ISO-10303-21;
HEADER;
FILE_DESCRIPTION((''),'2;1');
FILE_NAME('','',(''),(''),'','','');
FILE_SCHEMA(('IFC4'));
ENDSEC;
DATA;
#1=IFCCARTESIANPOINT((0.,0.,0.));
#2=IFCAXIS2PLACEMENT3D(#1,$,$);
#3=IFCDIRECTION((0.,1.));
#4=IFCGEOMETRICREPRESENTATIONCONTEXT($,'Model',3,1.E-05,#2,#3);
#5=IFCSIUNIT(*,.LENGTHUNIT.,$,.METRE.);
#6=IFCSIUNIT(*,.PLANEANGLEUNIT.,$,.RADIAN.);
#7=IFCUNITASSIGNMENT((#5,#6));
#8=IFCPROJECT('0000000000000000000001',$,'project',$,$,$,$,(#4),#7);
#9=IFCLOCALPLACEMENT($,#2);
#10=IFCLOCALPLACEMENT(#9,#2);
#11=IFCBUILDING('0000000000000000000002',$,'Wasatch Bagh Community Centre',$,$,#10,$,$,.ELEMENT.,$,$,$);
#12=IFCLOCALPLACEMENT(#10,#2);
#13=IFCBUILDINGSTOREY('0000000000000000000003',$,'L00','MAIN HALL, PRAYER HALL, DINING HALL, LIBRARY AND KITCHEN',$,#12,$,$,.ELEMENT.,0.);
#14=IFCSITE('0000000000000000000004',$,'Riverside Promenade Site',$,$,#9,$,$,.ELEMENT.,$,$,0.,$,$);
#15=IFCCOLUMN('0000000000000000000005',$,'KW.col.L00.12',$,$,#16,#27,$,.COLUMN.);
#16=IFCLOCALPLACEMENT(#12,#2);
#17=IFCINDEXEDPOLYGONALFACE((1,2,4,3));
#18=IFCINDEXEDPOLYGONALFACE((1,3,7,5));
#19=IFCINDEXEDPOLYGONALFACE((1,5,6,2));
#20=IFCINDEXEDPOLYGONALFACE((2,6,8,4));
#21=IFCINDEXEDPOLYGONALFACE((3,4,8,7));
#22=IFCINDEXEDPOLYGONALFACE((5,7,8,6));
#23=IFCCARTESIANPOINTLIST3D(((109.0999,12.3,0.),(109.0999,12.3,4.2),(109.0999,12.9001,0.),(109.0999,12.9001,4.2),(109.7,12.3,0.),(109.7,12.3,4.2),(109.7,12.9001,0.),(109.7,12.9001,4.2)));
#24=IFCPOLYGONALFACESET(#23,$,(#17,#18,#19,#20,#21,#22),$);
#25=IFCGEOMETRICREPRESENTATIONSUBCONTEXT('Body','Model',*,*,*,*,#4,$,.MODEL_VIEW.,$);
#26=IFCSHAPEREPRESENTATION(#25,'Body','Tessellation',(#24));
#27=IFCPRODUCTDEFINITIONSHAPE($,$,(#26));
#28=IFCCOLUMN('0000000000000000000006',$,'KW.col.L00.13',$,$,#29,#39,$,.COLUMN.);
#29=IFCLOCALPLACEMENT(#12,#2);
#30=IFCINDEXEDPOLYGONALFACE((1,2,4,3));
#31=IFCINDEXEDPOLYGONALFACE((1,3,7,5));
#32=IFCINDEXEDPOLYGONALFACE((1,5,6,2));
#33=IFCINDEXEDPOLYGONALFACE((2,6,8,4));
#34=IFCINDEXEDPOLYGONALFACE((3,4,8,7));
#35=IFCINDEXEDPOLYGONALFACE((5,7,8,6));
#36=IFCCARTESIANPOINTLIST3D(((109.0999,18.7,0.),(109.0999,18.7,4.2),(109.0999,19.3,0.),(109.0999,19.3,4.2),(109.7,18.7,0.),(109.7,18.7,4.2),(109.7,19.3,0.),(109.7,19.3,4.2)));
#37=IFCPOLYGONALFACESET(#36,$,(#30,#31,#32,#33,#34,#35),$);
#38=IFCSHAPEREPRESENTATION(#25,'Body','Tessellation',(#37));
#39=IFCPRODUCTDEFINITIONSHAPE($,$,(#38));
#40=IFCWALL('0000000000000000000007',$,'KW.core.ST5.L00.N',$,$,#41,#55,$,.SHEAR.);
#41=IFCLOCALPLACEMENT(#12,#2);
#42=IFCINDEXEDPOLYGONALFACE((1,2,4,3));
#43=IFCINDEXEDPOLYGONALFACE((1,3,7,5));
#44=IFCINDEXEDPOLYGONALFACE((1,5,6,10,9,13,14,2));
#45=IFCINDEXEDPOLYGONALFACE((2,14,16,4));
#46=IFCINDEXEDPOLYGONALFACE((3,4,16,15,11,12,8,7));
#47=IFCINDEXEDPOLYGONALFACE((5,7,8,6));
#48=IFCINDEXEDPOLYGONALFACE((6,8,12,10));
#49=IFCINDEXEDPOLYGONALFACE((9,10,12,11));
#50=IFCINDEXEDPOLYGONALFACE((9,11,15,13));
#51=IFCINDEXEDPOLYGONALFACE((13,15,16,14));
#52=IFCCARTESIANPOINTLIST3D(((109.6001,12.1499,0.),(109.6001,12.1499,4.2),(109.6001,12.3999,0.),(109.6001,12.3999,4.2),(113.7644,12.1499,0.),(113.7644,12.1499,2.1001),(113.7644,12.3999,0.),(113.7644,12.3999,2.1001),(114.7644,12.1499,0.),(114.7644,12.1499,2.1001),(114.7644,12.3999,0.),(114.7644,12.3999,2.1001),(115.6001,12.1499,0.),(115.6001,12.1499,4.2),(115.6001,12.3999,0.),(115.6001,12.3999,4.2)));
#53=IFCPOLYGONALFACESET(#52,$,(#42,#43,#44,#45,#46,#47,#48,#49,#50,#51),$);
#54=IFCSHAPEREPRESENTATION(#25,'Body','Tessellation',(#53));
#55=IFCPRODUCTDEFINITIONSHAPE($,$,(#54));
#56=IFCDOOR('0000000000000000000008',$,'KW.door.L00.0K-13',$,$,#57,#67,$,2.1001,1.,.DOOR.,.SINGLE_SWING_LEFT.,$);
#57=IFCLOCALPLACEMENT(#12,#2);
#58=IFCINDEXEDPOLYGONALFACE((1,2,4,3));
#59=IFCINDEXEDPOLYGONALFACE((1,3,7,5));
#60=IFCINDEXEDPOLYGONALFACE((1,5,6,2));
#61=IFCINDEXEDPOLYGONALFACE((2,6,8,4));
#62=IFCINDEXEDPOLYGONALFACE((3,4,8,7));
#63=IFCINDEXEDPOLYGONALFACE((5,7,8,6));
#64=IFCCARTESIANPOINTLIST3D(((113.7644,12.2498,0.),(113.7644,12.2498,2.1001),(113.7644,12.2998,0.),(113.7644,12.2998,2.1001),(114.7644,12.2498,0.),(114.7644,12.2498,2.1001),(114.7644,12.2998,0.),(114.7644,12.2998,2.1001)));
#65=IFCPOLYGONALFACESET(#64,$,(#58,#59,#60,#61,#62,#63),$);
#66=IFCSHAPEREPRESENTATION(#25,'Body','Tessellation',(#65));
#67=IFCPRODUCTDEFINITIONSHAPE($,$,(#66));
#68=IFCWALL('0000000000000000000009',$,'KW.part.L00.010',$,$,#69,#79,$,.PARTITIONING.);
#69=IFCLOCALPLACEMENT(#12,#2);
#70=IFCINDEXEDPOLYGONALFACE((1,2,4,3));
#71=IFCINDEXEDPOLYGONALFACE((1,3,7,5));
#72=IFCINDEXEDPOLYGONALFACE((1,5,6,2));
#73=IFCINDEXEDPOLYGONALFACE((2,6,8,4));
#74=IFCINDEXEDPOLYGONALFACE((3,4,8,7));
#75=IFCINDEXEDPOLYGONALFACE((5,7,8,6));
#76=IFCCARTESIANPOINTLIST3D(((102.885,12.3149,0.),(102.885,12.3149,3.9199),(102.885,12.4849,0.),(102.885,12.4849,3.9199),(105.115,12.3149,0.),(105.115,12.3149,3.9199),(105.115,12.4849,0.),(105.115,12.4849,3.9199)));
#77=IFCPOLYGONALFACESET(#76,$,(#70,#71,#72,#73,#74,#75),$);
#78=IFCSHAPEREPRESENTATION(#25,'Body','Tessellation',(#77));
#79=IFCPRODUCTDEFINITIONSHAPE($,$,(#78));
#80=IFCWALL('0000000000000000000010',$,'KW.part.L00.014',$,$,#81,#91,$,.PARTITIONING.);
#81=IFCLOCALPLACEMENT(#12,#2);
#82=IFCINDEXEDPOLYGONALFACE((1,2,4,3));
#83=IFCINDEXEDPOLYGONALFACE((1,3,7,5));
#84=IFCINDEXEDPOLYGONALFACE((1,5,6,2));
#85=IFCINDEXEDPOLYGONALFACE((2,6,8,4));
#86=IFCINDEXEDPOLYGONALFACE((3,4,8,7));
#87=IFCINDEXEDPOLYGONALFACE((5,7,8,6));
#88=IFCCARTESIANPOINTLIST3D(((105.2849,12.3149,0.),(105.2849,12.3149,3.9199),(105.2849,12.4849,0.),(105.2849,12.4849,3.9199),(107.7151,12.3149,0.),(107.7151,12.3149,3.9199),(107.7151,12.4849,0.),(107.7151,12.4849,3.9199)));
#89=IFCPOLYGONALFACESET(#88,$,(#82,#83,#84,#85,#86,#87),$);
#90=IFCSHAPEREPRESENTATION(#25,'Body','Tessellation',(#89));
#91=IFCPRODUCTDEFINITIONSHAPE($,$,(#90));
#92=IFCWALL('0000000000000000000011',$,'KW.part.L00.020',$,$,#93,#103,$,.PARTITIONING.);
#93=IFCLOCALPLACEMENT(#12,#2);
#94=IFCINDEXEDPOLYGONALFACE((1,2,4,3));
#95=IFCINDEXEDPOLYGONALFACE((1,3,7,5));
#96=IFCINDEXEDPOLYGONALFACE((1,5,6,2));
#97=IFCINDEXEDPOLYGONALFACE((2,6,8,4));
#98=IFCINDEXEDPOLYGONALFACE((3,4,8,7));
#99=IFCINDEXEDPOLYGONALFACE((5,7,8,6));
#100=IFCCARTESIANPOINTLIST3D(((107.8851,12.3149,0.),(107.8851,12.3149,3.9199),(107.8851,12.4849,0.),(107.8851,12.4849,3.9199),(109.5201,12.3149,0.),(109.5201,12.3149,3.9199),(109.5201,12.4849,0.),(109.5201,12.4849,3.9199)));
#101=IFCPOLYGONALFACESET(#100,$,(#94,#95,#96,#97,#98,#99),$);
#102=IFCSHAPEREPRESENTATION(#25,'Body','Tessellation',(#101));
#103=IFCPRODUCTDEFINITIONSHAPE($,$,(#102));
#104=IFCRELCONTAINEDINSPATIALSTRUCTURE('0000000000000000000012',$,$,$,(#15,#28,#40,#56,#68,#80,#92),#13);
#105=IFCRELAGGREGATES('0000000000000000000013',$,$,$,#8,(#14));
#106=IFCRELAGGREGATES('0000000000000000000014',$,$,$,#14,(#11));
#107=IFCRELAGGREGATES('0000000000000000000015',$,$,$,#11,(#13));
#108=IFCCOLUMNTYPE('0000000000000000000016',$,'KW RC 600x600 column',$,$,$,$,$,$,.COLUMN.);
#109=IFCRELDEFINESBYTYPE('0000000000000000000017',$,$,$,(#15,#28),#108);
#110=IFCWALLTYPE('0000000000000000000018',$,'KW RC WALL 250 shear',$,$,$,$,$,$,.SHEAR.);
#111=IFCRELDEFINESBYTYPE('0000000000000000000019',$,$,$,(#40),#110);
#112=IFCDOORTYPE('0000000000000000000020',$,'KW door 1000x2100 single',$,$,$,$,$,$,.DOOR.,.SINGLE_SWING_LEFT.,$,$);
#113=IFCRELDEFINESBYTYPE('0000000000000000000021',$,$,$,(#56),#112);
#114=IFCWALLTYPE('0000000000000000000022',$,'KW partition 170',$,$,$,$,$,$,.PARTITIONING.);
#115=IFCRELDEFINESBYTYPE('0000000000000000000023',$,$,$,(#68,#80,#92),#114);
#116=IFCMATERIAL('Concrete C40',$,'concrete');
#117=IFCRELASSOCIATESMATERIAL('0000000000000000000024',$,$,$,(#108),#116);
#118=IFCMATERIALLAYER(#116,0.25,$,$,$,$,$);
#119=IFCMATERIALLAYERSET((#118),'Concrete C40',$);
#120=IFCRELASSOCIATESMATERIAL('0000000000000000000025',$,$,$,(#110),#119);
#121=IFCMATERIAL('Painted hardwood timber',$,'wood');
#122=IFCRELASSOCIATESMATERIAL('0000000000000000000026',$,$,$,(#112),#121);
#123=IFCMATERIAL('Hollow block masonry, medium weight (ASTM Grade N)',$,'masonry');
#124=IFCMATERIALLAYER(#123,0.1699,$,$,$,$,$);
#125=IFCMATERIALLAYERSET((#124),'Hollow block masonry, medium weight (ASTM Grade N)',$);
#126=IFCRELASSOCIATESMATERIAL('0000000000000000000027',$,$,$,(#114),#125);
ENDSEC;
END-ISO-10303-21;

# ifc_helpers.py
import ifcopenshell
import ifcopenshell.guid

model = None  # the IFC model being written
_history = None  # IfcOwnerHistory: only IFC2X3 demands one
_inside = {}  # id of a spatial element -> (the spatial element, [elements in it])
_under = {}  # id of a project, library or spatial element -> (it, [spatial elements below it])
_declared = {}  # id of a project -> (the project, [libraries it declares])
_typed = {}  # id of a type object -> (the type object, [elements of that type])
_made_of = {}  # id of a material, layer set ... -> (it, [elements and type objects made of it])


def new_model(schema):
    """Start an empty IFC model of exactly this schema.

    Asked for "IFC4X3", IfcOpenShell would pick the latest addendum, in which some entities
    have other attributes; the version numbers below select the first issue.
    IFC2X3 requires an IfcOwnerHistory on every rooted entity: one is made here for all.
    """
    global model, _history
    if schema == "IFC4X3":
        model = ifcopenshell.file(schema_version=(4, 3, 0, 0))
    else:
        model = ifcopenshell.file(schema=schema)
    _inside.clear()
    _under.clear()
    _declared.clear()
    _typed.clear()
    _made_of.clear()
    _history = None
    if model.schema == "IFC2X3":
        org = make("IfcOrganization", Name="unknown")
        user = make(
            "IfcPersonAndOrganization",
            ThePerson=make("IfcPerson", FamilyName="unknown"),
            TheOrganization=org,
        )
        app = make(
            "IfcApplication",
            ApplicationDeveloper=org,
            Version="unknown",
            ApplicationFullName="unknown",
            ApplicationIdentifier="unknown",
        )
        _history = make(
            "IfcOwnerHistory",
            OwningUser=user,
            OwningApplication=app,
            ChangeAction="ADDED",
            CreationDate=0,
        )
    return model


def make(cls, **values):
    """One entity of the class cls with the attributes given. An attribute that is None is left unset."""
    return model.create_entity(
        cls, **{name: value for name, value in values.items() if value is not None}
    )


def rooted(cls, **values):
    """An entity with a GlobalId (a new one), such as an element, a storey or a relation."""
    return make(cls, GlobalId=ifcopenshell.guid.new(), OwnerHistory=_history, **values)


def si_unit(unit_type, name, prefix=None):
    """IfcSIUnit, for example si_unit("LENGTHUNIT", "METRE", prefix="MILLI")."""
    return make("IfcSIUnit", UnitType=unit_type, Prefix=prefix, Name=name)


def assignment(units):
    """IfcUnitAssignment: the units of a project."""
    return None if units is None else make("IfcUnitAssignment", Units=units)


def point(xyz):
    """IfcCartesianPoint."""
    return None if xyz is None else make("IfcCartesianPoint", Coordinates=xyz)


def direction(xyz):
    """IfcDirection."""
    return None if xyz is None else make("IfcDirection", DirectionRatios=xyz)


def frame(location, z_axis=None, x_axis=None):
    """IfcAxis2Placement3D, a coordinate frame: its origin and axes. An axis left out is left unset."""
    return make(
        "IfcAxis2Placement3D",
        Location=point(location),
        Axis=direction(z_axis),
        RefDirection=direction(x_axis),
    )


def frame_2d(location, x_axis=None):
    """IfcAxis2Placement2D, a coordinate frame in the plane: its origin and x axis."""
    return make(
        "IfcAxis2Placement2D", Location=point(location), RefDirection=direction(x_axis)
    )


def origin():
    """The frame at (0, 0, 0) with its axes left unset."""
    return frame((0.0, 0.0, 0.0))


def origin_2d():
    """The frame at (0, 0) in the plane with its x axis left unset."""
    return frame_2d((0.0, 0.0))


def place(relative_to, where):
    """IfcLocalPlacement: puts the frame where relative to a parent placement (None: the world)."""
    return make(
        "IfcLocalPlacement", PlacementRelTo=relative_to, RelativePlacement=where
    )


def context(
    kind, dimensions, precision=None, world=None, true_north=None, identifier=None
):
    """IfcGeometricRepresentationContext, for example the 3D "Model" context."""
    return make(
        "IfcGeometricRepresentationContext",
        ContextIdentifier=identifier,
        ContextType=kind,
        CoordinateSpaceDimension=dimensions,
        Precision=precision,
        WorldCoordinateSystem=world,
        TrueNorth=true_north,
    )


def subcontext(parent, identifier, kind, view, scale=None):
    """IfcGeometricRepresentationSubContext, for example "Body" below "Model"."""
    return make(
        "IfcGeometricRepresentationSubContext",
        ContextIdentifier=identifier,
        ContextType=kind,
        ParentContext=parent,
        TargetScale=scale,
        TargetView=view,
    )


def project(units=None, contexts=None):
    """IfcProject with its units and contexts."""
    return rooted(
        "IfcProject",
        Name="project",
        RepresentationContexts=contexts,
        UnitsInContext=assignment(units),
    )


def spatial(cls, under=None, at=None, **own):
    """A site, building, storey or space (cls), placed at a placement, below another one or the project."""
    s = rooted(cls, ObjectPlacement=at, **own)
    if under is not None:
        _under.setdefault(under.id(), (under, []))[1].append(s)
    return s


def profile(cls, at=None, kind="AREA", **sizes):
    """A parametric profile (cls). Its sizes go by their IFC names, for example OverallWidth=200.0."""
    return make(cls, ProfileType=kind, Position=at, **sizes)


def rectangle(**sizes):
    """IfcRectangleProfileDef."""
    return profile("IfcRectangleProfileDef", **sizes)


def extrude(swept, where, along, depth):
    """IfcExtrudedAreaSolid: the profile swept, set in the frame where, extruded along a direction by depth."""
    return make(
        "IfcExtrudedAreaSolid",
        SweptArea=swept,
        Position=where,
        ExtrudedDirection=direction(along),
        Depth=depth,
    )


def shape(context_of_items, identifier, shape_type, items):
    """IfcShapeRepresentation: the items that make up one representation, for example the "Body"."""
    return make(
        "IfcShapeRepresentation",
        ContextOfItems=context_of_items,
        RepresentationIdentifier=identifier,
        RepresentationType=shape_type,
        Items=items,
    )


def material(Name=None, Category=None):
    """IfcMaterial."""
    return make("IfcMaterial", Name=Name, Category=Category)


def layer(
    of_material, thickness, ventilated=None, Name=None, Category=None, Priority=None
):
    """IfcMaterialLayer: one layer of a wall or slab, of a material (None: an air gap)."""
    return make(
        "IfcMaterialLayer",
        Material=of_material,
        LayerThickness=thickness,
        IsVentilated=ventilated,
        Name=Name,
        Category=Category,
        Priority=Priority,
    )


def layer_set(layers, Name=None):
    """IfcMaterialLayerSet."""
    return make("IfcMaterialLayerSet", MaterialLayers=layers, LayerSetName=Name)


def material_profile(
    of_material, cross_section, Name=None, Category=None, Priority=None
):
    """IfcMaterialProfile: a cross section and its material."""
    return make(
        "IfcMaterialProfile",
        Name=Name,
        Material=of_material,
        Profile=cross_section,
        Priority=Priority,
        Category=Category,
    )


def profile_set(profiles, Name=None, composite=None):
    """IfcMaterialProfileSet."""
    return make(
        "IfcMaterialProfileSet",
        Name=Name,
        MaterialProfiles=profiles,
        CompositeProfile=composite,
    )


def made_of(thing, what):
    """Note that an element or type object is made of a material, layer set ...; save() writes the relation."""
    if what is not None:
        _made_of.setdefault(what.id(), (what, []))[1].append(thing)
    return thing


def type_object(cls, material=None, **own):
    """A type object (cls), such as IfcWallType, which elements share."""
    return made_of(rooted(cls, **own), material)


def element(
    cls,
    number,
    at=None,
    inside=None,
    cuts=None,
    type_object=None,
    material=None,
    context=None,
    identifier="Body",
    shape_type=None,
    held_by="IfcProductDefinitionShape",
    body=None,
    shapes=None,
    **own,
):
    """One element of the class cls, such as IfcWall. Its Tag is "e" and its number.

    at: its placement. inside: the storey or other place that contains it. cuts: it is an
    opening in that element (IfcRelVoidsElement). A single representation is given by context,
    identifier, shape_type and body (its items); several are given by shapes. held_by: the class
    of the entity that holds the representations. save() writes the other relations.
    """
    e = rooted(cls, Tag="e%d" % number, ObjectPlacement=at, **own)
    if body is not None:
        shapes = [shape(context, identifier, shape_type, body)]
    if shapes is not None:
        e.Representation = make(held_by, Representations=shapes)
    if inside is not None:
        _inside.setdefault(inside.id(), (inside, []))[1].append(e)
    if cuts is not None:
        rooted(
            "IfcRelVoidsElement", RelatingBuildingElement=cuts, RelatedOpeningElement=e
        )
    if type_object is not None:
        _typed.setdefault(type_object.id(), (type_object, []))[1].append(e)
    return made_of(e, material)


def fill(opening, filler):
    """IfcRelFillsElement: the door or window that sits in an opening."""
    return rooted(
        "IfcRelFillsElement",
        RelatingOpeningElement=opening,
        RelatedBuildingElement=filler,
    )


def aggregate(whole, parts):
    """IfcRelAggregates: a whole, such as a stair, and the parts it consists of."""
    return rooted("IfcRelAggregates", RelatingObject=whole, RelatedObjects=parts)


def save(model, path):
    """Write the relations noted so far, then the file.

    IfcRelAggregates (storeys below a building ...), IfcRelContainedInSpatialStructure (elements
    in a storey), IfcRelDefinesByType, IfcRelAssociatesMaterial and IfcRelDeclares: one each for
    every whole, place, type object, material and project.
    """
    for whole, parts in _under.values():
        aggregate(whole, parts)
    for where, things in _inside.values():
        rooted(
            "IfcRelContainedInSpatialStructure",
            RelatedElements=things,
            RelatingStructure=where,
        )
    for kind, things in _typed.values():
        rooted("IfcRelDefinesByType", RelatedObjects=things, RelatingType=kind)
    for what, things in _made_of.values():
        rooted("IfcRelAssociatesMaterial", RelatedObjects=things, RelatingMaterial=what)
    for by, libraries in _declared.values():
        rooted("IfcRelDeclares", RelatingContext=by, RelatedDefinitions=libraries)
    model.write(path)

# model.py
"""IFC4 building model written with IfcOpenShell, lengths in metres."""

from ifc_helpers import new_model, si_unit, direction, frame, frame_2d, origin, origin_2d, place, context, subcontext, project, spatial, rectangle, extrude, material, layer, layer_set, material_profile, profile_set, type_object, element, fill, save


model = new_model("IFC4")

# Units and contexts
model_context = context("Model", 3, precision=1e-05, world=origin(), true_north=direction((0.0, 1.0)))
body_context = subcontext(model_context, "Body", "Model", "MODEL_VIEW")
ifc_project = project(units=[si_unit("LENGTHUNIT", "METRE"), si_unit("PLANEANGLEUNIT", "RADIAN")], contexts=[model_context])

# Site, building, storey
site_placement = place(None, origin())
site = spatial("IfcSite", under=ifc_project, at=site_placement, Name="Riverside Promenade Site", CompositionType="ELEMENT", RefElevation=0.0)
building_placement = place(site_placement, origin())
building = spatial("IfcBuilding", under=site, at=building_placement, Name="Wasatch Bagh Community Centre", CompositionType="ELEMENT")
storey_placement = place(building_placement, origin())
storey = spatial("IfcBuildingStorey", under=building, at=storey_placement, Name="L00", Description="MAIN HALL, PRAYER HALL, DINING HALL, LIBRARY AND KITCHEN", CompositionType="ELEMENT", Elevation=0.0)

# Columns
ifc_material_1 = material(Name="Concrete C40", Category="concrete")
ifc_material_profile_1 = material_profile(ifc_material_1, rectangle(XDim=0.6001, YDim=0.6001, at=origin_2d()), Name="RC 600x600")
ifc_profile_set_1 = profile_set([ifc_material_profile_1], Name="Concrete C40")
column_type = type_object("IfcColumnType", Name="KW RC 600x600 column", PredefinedType="COLUMN", material=ifc_profile_set_1)
for number, where, z_axis, x_axis, name in (
    (1, (109.3999, 12.6001, 0.0), (0.0, 0.0, 1.0), (1.0, 0.0, 0.0), "KW.col.L00.12"),
    (2, (109.3999, 19.0, 0.0), (0.0, 0.0, 1.0), (1.0, 0.0, 0.0), "KW.col.L00.13"),
):
    element("IfcColumn", number, at=place(storey_placement, frame(where, z_axis=z_axis, x_axis=x_axis)), inside=storey, type_object=column_type, Name=name, PredefinedType="COLUMN", context=body_context, shape_type="SweptSolid", body=[
        extrude(rectangle(XDim=0.6001, YDim=0.6001, at=origin_2d()), origin(), (0.0, 0.0, 1.0), 4.2),
    ])

# Wall, opening, door
ifc_layer_1 = layer(ifc_material_1, 0.25)
ifc_layer_set_1 = layer_set([ifc_layer_1], Name="Concrete C40")
wall_type_1 = type_object("IfcWallType", Name="KW RC WALL 250 shear", PredefinedType="SHEAR", material=ifc_layer_set_1)
wall_1_placement = place(storey_placement, frame((109.6001, 12.2749, 0.0), z_axis=(0.0, 0.0, 1.0), x_axis=(1.0, 0.0, 0.0)))
wall_1 = element("IfcWall", 3, at=wall_1_placement, inside=storey, type_object=wall_type_1, Name="KW.core.ST5.L00.N", PredefinedType="SHEAR", context=body_context, shape_type="SweptSolid", body=[
    extrude(rectangle(XDim=6.0, YDim=0.25, at=frame_2d((3.0, 0.0))), origin(), (0.0, 0.0, 1.0), 4.2),
])
opening_placement = place(wall_1_placement, frame((4.1643, 0.0, 0.0)))
opening = element("IfcOpeningElement", 4, at=opening_placement, cuts=wall_1, PredefinedType="OPENING", context=body_context, shape_type="SweptSolid", body=[
    extrude(rectangle(XDim=1.0, YDim=2.1001, at=frame_2d((0.5, 1.05))), frame((0.0, 0.135, 0.0), z_axis=(0.0, -1.0, 0.0), x_axis=(1.0, 0.0, 0.0)), (0.0, 0.0, 1.0), 0.27),
])
ifc_material_2 = material(Name="Painted hardwood timber", Category="wood")
door_type = type_object("IfcDoorType", Name="KW door 1000x2100 single", OperationType="SINGLE_SWING_LEFT", PredefinedType="DOOR", material=ifc_material_2)
door_placement = place(opening_placement, origin())
door = element("IfcDoor", 5, at=door_placement, inside=storey, type_object=door_type, Name="KW.door.L00.0K-13", OperationType="SINGLE_SWING_LEFT", OverallHeight=2.1001, OverallWidth=1.0, PredefinedType="DOOR", context=body_context, shape_type="SweptSolid", body=[
    extrude(rectangle(XDim=1.0, YDim=2.1001, at=frame_2d((0.5, 1.05))), frame((0.0, 0.0249, 0.0), z_axis=(0.0, -1.0, 0.0), x_axis=(1.0, 0.0, 0.0)), (0.0, 0.0, 1.0), 0.05),
])
fill(opening, door)

# Walls
ifc_material_3 = material(Name="Hollow block masonry, medium weight (ASTM Grade N)", Category="masonry")
ifc_layer_2 = layer(ifc_material_3, 0.1699)
ifc_layer_set_2 = layer_set([ifc_layer_2], Name="Hollow block masonry, medium weight (ASTM Grade N)")
wall_type_2 = type_object("IfcWallType", Name="KW partition 170", PredefinedType="PARTITIONING", material=ifc_layer_set_2)
wall_2_placement = place(storey_placement, frame((105.115, 12.3999, 0.0), z_axis=(0.0, 0.0, 1.0), x_axis=(-1.0, 0.0, 0.0)))
element("IfcWall", 6, at=wall_2_placement, inside=storey, type_object=wall_type_2, Name="KW.part.L00.010", PredefinedType="PARTITIONING", context=body_context, shape_type="SweptSolid", body=[
    extrude(rectangle(XDim=2.23, YDim=0.1699, at=frame_2d((1.115, 0.0))), origin(), (0.0, 0.0, 1.0), 3.9199),
])
wall_3_placement = place(storey_placement, frame((107.7151, 12.3999, 0.0), z_axis=(0.0, 0.0, 1.0), x_axis=(-1.0, 0.0, 0.0)))
element("IfcWall", 7, at=wall_3_placement, inside=storey, type_object=wall_type_2, Name="KW.part.L00.014", PredefinedType="PARTITIONING", context=body_context, shape_type="SweptSolid", body=[
    extrude(rectangle(XDim=2.4302, YDim=0.1699, at=frame_2d((1.2151, 0.0))), origin(), (0.0, 0.0, 1.0), 3.9199),
])
wall_4_placement = place(storey_placement, frame((109.52, 12.3999, 0.0), z_axis=(0.0, 0.0, 1.0), x_axis=(-1.0, 0.0, 0.0)))
element("IfcWall", 8, at=wall_4_placement, inside=storey, type_object=wall_type_2, Name="KW.part.L00.020", PredefinedType="PARTITIONING", context=body_context, shape_type="SweptSolid", body=[
    extrude(rectangle(XDim=1.635, YDim=0.1699, at=frame_2d((0.8174, 0.0))), origin(), (0.0, 0.0, 1.0), 3.9199),
])

save(model, "model.ifc")
